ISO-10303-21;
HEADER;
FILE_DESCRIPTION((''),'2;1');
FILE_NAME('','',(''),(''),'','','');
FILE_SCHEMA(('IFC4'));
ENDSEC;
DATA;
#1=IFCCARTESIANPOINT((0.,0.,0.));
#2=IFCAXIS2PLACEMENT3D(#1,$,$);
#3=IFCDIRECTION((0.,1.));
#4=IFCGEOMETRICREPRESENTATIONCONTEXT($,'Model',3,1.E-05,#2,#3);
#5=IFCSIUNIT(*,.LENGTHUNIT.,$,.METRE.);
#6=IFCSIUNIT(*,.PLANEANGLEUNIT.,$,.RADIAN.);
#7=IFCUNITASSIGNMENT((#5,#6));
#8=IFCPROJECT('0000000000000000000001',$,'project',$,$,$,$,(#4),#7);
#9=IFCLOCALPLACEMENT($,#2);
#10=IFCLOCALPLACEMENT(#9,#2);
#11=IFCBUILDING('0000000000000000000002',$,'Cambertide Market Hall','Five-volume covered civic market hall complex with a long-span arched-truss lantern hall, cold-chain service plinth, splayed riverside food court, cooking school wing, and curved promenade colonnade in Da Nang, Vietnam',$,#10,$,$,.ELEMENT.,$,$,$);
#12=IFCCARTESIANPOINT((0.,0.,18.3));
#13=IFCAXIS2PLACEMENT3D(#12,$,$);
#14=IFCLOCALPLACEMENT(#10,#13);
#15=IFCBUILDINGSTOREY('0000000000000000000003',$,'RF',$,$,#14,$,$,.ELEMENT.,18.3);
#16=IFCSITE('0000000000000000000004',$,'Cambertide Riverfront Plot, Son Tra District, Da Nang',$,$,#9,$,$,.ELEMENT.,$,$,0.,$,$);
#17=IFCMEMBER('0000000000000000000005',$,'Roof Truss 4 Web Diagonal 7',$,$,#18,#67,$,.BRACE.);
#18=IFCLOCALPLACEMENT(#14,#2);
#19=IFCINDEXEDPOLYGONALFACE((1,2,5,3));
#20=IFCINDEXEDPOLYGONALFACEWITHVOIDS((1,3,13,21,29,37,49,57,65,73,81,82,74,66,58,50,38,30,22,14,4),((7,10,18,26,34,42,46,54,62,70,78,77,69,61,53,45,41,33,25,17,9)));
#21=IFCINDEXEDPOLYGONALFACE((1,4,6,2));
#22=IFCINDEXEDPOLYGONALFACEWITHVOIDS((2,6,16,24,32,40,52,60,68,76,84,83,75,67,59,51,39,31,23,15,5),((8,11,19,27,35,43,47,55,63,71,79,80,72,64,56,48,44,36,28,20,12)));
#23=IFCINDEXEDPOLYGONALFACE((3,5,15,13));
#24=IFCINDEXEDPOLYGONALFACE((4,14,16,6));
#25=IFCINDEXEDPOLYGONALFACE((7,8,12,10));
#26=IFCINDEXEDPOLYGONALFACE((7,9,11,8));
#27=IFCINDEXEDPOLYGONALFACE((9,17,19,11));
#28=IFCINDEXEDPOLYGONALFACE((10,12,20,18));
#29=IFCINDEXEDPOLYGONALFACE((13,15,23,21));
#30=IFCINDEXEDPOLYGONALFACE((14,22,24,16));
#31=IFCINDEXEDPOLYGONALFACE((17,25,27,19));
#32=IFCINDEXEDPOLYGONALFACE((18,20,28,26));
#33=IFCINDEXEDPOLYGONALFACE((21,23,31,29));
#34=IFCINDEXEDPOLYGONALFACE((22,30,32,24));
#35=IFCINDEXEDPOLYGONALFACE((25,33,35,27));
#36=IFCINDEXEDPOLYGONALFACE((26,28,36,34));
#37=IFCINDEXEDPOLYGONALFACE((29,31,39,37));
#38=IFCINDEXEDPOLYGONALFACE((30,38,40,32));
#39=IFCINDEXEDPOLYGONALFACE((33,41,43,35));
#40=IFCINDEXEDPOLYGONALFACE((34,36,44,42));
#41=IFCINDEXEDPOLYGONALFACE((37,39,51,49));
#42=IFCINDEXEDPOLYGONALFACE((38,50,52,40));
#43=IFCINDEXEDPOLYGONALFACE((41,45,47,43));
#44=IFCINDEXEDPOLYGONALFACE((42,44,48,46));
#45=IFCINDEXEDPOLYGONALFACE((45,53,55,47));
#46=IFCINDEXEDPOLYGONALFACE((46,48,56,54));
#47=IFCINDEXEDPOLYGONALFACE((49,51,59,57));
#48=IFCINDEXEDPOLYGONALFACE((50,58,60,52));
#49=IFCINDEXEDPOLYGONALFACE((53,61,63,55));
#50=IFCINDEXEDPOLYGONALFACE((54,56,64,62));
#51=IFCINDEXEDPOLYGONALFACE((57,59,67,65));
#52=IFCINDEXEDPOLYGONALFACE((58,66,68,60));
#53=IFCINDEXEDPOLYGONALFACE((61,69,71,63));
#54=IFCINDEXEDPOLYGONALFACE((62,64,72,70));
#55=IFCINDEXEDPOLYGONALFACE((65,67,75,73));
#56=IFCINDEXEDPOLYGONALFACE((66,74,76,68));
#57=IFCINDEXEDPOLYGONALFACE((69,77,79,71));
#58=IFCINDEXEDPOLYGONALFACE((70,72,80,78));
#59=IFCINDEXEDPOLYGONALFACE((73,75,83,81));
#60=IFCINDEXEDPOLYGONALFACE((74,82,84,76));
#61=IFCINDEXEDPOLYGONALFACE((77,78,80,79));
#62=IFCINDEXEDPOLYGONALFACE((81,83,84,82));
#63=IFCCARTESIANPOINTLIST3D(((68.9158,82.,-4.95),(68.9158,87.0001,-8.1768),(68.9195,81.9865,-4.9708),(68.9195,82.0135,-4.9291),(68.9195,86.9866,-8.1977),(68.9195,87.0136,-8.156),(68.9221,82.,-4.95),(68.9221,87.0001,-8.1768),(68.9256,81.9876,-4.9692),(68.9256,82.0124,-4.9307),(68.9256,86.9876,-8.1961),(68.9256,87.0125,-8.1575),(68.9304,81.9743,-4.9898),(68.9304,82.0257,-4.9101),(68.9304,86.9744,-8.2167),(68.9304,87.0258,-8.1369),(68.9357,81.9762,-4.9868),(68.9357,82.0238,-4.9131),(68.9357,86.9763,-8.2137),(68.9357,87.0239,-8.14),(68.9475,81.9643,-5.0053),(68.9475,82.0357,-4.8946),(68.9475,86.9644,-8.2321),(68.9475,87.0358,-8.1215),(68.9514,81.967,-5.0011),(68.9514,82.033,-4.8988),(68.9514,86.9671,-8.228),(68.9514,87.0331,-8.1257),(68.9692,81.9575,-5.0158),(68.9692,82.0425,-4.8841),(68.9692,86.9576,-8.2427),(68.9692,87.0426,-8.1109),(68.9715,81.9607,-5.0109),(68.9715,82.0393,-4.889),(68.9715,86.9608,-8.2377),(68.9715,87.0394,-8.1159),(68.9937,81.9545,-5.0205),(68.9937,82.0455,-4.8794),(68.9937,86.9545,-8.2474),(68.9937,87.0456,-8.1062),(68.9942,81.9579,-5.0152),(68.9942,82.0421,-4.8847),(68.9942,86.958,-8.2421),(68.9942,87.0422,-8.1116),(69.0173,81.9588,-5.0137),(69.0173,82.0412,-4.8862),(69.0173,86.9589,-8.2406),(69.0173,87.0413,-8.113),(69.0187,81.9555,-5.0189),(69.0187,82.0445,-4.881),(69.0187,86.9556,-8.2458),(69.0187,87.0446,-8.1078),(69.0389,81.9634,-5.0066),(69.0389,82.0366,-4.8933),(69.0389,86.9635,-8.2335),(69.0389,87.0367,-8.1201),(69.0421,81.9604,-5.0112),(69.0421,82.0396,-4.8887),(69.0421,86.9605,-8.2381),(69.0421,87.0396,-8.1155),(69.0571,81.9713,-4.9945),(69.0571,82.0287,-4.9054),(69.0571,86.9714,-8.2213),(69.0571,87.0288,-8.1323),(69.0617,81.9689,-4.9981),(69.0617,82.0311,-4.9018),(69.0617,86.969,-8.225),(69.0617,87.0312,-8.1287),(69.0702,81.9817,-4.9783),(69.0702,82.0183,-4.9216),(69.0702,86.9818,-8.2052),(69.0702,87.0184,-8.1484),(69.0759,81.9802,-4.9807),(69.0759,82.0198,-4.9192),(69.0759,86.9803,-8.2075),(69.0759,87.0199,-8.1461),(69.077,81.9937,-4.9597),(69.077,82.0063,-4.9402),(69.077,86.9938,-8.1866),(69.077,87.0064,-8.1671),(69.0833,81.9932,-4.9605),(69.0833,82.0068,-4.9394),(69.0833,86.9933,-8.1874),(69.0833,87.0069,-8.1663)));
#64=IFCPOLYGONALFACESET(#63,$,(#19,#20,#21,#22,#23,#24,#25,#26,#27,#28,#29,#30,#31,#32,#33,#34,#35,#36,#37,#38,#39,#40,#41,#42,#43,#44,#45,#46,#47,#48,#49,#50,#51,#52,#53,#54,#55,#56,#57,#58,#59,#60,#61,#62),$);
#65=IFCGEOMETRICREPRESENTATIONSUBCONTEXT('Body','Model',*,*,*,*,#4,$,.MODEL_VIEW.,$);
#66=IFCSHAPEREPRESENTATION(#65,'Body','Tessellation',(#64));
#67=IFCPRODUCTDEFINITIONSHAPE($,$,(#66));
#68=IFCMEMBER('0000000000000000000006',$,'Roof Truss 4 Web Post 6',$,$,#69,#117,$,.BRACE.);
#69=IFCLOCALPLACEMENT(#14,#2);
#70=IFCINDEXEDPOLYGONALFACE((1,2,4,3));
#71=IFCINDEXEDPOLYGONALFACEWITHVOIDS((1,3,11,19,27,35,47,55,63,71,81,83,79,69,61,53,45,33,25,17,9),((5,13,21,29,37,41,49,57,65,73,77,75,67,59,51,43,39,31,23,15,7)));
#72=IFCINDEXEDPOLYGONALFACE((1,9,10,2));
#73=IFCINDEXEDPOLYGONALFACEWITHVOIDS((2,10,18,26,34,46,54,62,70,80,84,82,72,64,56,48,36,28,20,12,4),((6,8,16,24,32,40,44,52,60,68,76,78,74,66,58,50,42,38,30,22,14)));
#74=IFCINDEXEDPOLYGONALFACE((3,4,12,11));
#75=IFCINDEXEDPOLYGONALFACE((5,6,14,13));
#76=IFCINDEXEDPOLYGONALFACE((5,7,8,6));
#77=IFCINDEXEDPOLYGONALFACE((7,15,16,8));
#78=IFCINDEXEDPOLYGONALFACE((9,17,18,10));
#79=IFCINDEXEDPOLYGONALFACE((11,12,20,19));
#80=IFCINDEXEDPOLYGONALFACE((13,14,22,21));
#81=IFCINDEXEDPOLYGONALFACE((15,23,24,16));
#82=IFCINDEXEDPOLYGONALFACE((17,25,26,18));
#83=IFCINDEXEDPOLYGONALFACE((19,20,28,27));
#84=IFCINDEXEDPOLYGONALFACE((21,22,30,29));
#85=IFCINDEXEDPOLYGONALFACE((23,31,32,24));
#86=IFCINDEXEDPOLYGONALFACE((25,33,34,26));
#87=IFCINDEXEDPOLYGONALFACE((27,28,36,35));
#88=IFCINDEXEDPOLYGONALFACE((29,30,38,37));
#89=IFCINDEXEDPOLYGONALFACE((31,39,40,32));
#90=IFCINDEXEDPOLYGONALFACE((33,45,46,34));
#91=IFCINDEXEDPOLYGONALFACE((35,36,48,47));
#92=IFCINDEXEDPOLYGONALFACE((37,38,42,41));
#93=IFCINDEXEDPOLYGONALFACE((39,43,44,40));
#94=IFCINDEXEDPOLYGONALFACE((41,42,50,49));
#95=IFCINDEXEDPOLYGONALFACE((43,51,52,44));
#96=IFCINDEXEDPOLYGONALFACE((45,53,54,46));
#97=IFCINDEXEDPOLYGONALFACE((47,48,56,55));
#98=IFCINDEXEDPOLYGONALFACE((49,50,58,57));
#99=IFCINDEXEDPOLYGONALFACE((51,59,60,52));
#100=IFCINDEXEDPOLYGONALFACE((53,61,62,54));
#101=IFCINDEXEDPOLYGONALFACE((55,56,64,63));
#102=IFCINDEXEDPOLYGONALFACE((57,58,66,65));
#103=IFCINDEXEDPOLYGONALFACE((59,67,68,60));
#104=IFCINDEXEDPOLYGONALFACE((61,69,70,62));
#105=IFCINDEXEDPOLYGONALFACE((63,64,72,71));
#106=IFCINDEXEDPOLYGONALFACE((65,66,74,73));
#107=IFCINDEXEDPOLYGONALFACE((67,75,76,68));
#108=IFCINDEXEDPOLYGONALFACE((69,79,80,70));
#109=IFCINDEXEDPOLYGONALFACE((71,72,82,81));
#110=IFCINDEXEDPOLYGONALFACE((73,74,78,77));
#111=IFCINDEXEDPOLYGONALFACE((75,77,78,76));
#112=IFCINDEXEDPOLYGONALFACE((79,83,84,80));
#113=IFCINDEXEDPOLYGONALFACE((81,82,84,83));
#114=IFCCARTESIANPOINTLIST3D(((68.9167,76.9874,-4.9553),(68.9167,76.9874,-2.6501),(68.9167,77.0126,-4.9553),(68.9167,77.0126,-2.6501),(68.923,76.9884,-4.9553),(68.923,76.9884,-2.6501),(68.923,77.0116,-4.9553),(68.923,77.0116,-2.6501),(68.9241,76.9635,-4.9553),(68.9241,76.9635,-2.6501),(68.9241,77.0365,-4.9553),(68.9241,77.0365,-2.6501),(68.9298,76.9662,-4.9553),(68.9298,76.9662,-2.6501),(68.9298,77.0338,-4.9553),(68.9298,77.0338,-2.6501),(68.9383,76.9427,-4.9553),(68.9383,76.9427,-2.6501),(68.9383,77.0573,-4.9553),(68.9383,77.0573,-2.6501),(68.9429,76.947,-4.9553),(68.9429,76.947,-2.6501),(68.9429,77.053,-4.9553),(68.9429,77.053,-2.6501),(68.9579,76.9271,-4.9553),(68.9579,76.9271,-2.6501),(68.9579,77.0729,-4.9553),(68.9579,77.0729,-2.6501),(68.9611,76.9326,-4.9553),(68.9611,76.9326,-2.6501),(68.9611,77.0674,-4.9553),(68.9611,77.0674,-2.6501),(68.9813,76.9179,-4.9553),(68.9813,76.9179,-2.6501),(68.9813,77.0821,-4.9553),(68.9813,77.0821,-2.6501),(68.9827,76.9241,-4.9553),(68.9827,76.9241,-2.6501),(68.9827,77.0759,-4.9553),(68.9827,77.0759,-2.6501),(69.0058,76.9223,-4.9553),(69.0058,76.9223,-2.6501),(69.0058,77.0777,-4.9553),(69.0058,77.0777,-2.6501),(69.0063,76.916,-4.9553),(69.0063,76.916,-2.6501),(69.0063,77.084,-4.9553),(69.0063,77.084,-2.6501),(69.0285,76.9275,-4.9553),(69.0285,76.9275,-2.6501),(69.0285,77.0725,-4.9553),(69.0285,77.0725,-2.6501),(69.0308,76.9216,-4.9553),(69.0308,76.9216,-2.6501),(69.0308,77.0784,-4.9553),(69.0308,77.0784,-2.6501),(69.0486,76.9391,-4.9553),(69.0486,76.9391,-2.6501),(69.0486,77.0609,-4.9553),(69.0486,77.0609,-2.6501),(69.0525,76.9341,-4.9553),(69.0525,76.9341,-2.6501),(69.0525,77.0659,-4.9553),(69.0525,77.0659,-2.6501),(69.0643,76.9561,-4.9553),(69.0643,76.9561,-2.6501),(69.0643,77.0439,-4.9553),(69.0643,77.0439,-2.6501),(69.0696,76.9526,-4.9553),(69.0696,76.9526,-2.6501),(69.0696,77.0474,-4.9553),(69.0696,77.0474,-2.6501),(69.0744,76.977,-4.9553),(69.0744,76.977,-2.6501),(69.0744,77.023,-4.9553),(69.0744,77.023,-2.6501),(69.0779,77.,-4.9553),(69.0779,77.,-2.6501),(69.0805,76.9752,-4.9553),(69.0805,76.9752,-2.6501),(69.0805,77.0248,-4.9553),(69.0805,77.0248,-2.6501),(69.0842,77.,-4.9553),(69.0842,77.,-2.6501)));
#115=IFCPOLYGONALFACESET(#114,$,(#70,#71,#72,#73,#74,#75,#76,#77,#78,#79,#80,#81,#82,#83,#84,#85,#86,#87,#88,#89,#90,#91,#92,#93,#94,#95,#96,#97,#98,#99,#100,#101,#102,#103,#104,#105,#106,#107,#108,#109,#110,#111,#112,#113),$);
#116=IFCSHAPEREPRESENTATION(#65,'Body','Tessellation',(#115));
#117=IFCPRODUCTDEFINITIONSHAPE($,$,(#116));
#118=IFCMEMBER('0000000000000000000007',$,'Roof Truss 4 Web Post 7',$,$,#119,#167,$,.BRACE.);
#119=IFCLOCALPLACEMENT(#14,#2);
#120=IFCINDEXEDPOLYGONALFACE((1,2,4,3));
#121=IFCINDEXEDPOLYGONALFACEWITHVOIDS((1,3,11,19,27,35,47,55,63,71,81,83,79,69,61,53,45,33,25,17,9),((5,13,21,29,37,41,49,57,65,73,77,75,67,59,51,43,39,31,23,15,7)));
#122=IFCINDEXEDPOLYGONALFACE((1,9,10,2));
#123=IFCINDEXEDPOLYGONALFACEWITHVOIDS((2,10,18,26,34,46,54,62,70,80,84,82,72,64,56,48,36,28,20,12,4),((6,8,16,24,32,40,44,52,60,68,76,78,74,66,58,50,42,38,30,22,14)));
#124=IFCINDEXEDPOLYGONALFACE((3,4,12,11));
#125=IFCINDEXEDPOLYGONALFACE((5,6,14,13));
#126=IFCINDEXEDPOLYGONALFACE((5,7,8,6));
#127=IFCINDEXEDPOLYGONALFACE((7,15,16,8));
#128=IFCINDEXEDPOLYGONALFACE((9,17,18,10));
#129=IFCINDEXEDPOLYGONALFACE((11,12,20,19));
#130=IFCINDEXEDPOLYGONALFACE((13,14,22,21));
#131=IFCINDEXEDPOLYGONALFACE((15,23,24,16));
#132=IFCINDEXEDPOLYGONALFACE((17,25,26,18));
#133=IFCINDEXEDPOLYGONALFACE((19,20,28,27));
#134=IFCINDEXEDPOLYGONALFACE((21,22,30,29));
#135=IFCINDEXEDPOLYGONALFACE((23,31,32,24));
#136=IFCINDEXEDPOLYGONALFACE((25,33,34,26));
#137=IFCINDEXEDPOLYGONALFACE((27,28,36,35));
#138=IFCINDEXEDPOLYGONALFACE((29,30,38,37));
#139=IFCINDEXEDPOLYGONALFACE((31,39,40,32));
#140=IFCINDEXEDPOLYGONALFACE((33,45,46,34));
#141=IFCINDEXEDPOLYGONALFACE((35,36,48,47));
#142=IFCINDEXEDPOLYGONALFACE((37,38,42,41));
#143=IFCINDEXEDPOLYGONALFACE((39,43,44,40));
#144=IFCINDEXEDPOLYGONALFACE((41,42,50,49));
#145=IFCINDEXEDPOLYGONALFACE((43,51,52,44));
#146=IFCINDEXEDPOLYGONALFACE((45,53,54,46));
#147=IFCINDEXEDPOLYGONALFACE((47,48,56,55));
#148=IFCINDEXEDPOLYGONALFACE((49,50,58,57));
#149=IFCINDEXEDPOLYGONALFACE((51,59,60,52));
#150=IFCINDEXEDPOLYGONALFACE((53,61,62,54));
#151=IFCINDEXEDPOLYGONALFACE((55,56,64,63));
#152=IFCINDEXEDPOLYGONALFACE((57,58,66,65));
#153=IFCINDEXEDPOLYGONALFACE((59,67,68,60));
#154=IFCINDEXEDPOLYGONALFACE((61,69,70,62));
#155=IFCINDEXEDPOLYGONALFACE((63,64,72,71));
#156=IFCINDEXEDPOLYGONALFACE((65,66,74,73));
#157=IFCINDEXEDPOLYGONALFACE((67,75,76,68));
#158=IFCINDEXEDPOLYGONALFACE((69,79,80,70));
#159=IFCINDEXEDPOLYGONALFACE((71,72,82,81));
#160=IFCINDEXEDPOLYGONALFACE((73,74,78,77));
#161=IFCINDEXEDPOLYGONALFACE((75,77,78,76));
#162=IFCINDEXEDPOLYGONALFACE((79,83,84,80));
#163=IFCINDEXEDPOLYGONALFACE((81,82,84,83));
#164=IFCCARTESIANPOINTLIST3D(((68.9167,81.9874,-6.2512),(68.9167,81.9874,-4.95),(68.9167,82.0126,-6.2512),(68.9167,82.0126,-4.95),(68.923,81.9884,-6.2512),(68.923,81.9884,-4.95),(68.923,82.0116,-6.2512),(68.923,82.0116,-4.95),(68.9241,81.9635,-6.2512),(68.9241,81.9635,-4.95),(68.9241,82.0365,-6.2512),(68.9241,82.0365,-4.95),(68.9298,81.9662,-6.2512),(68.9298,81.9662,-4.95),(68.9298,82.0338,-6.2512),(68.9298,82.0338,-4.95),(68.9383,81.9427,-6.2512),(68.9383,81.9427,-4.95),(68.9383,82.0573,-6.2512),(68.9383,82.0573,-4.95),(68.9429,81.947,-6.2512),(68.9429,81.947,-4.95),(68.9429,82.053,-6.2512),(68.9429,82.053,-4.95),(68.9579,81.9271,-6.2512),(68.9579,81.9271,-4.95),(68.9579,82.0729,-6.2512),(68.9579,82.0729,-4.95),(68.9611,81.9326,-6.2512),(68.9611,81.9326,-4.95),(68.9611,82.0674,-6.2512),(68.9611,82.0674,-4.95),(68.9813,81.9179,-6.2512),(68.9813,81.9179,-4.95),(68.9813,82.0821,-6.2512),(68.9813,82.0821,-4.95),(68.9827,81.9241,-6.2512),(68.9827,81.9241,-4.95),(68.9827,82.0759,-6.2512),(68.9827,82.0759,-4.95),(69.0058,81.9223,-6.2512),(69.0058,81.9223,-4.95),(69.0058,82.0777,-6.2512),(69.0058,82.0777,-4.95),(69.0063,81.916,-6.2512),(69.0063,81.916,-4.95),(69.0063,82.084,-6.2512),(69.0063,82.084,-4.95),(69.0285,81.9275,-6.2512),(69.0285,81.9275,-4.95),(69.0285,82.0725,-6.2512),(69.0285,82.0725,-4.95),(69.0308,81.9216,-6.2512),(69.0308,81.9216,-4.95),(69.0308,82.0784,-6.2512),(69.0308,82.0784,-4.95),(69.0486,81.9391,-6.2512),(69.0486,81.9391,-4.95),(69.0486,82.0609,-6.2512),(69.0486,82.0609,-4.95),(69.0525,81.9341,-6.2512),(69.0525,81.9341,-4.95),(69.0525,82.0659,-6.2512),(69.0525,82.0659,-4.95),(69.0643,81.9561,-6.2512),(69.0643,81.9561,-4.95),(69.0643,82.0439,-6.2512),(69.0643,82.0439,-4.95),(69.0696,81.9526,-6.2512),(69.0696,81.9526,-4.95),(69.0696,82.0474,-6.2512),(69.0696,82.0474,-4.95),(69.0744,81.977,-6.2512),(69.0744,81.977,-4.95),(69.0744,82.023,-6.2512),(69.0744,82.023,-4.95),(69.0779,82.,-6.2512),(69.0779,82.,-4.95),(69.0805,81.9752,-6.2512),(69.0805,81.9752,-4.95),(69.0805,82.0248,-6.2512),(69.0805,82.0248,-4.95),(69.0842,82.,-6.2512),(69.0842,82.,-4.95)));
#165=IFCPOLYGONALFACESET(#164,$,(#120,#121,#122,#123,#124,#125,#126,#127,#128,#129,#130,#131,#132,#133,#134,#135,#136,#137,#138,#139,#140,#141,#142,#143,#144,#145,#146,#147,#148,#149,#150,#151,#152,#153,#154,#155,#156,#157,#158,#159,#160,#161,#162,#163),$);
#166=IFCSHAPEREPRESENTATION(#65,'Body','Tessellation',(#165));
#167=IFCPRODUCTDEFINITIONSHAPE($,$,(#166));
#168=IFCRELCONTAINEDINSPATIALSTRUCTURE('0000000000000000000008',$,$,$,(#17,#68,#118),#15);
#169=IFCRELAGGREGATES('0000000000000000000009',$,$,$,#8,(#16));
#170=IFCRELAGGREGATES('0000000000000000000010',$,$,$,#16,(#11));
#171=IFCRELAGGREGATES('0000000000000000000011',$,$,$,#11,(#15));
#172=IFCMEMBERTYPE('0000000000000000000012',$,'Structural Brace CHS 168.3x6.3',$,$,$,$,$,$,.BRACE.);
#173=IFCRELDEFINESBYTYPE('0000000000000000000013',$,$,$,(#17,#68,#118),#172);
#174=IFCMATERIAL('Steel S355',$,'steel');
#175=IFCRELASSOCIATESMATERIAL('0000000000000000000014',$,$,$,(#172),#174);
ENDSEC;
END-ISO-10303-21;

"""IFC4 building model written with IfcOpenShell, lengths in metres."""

from ifc_helpers import new_model, si_unit, direction, frame, origin, origin_2d, place, context, subcontext, project, spatial, hollow_circle, extrude, material, material_profile, profile_set, type_object, element, save


model = new_model("IFC4")

# Units and contexts
model_context = context("Model", 3, precision=1e-05, world=origin(), true_north=direction((0.0, 1.0)))
body_context = subcontext(model_context, "Body", "Model", "MODEL_VIEW")
ifc_project = project(units=[si_unit("LENGTHUNIT", "METRE"), si_unit("PLANEANGLEUNIT", "RADIAN")], contexts=[model_context])

# Site, building, storey
site_placement = place(None, origin())
site = spatial("IfcSite", under=ifc_project, at=site_placement, Name="Cambertide Riverfront Plot, Son Tra District, Da Nang", CompositionType="ELEMENT", RefElevation=0.0)
building_placement = place(site_placement, origin())
building = spatial("IfcBuilding", under=site, at=building_placement, Name="Cambertide Market Hall", Description="Five-volume covered civic market hall complex with a long-span arched-truss lantern hall, cold-chain service plinth, splayed riverside food court, cooking school wing, and curved promenade colonnade in Da Nang, Vietnam", CompositionType="ELEMENT")
storey_placement = place(building_placement, frame((0.0, 0.0, 18.3)))
storey = spatial("IfcBuildingStorey", under=building, at=storey_placement, Name="RF", CompositionType="ELEMENT", Elevation=18.3)

# Members
ifc_material_1 = material(Name="Steel S355", Category="steel")
ifc_material_profile_1 = material_profile(ifc_material_1, hollow_circle(Radius=0.0842, WallThickness=0.0063, at=origin_2d()), Name="CHS 168.3x6.3")
ifc_profile_set_1 = profile_set([ifc_material_profile_1], Name="Steel S355")
member_type_1 = type_object("IfcMemberType", Name="Structural Brace CHS 168.3x6.3", PredefinedType="BRACE", material=ifc_profile_set_1)
member_1_placement = place(storey_placement, frame((69.0, 82.0, -4.95), z_axis=(0.0, 0.84022, -0.542246), x_axis=(-1.0, 0.0, 0.0)))
element("IfcMember", 1, at=member_1_placement, inside=storey, type_object=member_type_1, Name="Roof Truss 4 Web Diagonal 7", PredefinedType="BRACE", context=body_context, shape_type="SweptSolid", body=[
    extrude(hollow_circle(Radius=0.0842, WallThickness=0.0063, at=origin_2d()), origin(), (0.0, 0.0, 1.0), 5.9509),
])
member_2_placement = place(storey_placement, frame((69.0, 77.0, -4.9553), z_axis=(0.0, 0.0, 1.0), x_axis=(1.0, 0.0, 0.0)))
element("IfcMember", 2, at=member_2_placement, inside=storey, type_object=member_type_1, Name="Roof Truss 4 Web Post 6", PredefinedType="BRACE", context=body_context, shape_type="SweptSolid", body=[
    extrude(hollow_circle(Radius=0.0842, WallThickness=0.0063, at=origin_2d()), origin(), (0.0, 0.0, 1.0), 2.3052),
])
member_3_placement = place(storey_placement, frame((69.0, 82.0, -6.2512), z_axis=(0.0, 0.0, 1.0), x_axis=(1.0, 0.0, 0.0)))
element("IfcMember", 3, at=member_3_placement, inside=storey, type_object=member_type_1, Name="Roof Truss 4 Web Post 7", PredefinedType="BRACE", context=body_context, shape_type="SweptSolid", body=[
    extrude(hollow_circle(Radius=0.0842, WallThickness=0.0063, at=origin_2d()), origin(), (0.0, 0.0, 1.0), 1.3013),
])

save(model, "model.ifc")
